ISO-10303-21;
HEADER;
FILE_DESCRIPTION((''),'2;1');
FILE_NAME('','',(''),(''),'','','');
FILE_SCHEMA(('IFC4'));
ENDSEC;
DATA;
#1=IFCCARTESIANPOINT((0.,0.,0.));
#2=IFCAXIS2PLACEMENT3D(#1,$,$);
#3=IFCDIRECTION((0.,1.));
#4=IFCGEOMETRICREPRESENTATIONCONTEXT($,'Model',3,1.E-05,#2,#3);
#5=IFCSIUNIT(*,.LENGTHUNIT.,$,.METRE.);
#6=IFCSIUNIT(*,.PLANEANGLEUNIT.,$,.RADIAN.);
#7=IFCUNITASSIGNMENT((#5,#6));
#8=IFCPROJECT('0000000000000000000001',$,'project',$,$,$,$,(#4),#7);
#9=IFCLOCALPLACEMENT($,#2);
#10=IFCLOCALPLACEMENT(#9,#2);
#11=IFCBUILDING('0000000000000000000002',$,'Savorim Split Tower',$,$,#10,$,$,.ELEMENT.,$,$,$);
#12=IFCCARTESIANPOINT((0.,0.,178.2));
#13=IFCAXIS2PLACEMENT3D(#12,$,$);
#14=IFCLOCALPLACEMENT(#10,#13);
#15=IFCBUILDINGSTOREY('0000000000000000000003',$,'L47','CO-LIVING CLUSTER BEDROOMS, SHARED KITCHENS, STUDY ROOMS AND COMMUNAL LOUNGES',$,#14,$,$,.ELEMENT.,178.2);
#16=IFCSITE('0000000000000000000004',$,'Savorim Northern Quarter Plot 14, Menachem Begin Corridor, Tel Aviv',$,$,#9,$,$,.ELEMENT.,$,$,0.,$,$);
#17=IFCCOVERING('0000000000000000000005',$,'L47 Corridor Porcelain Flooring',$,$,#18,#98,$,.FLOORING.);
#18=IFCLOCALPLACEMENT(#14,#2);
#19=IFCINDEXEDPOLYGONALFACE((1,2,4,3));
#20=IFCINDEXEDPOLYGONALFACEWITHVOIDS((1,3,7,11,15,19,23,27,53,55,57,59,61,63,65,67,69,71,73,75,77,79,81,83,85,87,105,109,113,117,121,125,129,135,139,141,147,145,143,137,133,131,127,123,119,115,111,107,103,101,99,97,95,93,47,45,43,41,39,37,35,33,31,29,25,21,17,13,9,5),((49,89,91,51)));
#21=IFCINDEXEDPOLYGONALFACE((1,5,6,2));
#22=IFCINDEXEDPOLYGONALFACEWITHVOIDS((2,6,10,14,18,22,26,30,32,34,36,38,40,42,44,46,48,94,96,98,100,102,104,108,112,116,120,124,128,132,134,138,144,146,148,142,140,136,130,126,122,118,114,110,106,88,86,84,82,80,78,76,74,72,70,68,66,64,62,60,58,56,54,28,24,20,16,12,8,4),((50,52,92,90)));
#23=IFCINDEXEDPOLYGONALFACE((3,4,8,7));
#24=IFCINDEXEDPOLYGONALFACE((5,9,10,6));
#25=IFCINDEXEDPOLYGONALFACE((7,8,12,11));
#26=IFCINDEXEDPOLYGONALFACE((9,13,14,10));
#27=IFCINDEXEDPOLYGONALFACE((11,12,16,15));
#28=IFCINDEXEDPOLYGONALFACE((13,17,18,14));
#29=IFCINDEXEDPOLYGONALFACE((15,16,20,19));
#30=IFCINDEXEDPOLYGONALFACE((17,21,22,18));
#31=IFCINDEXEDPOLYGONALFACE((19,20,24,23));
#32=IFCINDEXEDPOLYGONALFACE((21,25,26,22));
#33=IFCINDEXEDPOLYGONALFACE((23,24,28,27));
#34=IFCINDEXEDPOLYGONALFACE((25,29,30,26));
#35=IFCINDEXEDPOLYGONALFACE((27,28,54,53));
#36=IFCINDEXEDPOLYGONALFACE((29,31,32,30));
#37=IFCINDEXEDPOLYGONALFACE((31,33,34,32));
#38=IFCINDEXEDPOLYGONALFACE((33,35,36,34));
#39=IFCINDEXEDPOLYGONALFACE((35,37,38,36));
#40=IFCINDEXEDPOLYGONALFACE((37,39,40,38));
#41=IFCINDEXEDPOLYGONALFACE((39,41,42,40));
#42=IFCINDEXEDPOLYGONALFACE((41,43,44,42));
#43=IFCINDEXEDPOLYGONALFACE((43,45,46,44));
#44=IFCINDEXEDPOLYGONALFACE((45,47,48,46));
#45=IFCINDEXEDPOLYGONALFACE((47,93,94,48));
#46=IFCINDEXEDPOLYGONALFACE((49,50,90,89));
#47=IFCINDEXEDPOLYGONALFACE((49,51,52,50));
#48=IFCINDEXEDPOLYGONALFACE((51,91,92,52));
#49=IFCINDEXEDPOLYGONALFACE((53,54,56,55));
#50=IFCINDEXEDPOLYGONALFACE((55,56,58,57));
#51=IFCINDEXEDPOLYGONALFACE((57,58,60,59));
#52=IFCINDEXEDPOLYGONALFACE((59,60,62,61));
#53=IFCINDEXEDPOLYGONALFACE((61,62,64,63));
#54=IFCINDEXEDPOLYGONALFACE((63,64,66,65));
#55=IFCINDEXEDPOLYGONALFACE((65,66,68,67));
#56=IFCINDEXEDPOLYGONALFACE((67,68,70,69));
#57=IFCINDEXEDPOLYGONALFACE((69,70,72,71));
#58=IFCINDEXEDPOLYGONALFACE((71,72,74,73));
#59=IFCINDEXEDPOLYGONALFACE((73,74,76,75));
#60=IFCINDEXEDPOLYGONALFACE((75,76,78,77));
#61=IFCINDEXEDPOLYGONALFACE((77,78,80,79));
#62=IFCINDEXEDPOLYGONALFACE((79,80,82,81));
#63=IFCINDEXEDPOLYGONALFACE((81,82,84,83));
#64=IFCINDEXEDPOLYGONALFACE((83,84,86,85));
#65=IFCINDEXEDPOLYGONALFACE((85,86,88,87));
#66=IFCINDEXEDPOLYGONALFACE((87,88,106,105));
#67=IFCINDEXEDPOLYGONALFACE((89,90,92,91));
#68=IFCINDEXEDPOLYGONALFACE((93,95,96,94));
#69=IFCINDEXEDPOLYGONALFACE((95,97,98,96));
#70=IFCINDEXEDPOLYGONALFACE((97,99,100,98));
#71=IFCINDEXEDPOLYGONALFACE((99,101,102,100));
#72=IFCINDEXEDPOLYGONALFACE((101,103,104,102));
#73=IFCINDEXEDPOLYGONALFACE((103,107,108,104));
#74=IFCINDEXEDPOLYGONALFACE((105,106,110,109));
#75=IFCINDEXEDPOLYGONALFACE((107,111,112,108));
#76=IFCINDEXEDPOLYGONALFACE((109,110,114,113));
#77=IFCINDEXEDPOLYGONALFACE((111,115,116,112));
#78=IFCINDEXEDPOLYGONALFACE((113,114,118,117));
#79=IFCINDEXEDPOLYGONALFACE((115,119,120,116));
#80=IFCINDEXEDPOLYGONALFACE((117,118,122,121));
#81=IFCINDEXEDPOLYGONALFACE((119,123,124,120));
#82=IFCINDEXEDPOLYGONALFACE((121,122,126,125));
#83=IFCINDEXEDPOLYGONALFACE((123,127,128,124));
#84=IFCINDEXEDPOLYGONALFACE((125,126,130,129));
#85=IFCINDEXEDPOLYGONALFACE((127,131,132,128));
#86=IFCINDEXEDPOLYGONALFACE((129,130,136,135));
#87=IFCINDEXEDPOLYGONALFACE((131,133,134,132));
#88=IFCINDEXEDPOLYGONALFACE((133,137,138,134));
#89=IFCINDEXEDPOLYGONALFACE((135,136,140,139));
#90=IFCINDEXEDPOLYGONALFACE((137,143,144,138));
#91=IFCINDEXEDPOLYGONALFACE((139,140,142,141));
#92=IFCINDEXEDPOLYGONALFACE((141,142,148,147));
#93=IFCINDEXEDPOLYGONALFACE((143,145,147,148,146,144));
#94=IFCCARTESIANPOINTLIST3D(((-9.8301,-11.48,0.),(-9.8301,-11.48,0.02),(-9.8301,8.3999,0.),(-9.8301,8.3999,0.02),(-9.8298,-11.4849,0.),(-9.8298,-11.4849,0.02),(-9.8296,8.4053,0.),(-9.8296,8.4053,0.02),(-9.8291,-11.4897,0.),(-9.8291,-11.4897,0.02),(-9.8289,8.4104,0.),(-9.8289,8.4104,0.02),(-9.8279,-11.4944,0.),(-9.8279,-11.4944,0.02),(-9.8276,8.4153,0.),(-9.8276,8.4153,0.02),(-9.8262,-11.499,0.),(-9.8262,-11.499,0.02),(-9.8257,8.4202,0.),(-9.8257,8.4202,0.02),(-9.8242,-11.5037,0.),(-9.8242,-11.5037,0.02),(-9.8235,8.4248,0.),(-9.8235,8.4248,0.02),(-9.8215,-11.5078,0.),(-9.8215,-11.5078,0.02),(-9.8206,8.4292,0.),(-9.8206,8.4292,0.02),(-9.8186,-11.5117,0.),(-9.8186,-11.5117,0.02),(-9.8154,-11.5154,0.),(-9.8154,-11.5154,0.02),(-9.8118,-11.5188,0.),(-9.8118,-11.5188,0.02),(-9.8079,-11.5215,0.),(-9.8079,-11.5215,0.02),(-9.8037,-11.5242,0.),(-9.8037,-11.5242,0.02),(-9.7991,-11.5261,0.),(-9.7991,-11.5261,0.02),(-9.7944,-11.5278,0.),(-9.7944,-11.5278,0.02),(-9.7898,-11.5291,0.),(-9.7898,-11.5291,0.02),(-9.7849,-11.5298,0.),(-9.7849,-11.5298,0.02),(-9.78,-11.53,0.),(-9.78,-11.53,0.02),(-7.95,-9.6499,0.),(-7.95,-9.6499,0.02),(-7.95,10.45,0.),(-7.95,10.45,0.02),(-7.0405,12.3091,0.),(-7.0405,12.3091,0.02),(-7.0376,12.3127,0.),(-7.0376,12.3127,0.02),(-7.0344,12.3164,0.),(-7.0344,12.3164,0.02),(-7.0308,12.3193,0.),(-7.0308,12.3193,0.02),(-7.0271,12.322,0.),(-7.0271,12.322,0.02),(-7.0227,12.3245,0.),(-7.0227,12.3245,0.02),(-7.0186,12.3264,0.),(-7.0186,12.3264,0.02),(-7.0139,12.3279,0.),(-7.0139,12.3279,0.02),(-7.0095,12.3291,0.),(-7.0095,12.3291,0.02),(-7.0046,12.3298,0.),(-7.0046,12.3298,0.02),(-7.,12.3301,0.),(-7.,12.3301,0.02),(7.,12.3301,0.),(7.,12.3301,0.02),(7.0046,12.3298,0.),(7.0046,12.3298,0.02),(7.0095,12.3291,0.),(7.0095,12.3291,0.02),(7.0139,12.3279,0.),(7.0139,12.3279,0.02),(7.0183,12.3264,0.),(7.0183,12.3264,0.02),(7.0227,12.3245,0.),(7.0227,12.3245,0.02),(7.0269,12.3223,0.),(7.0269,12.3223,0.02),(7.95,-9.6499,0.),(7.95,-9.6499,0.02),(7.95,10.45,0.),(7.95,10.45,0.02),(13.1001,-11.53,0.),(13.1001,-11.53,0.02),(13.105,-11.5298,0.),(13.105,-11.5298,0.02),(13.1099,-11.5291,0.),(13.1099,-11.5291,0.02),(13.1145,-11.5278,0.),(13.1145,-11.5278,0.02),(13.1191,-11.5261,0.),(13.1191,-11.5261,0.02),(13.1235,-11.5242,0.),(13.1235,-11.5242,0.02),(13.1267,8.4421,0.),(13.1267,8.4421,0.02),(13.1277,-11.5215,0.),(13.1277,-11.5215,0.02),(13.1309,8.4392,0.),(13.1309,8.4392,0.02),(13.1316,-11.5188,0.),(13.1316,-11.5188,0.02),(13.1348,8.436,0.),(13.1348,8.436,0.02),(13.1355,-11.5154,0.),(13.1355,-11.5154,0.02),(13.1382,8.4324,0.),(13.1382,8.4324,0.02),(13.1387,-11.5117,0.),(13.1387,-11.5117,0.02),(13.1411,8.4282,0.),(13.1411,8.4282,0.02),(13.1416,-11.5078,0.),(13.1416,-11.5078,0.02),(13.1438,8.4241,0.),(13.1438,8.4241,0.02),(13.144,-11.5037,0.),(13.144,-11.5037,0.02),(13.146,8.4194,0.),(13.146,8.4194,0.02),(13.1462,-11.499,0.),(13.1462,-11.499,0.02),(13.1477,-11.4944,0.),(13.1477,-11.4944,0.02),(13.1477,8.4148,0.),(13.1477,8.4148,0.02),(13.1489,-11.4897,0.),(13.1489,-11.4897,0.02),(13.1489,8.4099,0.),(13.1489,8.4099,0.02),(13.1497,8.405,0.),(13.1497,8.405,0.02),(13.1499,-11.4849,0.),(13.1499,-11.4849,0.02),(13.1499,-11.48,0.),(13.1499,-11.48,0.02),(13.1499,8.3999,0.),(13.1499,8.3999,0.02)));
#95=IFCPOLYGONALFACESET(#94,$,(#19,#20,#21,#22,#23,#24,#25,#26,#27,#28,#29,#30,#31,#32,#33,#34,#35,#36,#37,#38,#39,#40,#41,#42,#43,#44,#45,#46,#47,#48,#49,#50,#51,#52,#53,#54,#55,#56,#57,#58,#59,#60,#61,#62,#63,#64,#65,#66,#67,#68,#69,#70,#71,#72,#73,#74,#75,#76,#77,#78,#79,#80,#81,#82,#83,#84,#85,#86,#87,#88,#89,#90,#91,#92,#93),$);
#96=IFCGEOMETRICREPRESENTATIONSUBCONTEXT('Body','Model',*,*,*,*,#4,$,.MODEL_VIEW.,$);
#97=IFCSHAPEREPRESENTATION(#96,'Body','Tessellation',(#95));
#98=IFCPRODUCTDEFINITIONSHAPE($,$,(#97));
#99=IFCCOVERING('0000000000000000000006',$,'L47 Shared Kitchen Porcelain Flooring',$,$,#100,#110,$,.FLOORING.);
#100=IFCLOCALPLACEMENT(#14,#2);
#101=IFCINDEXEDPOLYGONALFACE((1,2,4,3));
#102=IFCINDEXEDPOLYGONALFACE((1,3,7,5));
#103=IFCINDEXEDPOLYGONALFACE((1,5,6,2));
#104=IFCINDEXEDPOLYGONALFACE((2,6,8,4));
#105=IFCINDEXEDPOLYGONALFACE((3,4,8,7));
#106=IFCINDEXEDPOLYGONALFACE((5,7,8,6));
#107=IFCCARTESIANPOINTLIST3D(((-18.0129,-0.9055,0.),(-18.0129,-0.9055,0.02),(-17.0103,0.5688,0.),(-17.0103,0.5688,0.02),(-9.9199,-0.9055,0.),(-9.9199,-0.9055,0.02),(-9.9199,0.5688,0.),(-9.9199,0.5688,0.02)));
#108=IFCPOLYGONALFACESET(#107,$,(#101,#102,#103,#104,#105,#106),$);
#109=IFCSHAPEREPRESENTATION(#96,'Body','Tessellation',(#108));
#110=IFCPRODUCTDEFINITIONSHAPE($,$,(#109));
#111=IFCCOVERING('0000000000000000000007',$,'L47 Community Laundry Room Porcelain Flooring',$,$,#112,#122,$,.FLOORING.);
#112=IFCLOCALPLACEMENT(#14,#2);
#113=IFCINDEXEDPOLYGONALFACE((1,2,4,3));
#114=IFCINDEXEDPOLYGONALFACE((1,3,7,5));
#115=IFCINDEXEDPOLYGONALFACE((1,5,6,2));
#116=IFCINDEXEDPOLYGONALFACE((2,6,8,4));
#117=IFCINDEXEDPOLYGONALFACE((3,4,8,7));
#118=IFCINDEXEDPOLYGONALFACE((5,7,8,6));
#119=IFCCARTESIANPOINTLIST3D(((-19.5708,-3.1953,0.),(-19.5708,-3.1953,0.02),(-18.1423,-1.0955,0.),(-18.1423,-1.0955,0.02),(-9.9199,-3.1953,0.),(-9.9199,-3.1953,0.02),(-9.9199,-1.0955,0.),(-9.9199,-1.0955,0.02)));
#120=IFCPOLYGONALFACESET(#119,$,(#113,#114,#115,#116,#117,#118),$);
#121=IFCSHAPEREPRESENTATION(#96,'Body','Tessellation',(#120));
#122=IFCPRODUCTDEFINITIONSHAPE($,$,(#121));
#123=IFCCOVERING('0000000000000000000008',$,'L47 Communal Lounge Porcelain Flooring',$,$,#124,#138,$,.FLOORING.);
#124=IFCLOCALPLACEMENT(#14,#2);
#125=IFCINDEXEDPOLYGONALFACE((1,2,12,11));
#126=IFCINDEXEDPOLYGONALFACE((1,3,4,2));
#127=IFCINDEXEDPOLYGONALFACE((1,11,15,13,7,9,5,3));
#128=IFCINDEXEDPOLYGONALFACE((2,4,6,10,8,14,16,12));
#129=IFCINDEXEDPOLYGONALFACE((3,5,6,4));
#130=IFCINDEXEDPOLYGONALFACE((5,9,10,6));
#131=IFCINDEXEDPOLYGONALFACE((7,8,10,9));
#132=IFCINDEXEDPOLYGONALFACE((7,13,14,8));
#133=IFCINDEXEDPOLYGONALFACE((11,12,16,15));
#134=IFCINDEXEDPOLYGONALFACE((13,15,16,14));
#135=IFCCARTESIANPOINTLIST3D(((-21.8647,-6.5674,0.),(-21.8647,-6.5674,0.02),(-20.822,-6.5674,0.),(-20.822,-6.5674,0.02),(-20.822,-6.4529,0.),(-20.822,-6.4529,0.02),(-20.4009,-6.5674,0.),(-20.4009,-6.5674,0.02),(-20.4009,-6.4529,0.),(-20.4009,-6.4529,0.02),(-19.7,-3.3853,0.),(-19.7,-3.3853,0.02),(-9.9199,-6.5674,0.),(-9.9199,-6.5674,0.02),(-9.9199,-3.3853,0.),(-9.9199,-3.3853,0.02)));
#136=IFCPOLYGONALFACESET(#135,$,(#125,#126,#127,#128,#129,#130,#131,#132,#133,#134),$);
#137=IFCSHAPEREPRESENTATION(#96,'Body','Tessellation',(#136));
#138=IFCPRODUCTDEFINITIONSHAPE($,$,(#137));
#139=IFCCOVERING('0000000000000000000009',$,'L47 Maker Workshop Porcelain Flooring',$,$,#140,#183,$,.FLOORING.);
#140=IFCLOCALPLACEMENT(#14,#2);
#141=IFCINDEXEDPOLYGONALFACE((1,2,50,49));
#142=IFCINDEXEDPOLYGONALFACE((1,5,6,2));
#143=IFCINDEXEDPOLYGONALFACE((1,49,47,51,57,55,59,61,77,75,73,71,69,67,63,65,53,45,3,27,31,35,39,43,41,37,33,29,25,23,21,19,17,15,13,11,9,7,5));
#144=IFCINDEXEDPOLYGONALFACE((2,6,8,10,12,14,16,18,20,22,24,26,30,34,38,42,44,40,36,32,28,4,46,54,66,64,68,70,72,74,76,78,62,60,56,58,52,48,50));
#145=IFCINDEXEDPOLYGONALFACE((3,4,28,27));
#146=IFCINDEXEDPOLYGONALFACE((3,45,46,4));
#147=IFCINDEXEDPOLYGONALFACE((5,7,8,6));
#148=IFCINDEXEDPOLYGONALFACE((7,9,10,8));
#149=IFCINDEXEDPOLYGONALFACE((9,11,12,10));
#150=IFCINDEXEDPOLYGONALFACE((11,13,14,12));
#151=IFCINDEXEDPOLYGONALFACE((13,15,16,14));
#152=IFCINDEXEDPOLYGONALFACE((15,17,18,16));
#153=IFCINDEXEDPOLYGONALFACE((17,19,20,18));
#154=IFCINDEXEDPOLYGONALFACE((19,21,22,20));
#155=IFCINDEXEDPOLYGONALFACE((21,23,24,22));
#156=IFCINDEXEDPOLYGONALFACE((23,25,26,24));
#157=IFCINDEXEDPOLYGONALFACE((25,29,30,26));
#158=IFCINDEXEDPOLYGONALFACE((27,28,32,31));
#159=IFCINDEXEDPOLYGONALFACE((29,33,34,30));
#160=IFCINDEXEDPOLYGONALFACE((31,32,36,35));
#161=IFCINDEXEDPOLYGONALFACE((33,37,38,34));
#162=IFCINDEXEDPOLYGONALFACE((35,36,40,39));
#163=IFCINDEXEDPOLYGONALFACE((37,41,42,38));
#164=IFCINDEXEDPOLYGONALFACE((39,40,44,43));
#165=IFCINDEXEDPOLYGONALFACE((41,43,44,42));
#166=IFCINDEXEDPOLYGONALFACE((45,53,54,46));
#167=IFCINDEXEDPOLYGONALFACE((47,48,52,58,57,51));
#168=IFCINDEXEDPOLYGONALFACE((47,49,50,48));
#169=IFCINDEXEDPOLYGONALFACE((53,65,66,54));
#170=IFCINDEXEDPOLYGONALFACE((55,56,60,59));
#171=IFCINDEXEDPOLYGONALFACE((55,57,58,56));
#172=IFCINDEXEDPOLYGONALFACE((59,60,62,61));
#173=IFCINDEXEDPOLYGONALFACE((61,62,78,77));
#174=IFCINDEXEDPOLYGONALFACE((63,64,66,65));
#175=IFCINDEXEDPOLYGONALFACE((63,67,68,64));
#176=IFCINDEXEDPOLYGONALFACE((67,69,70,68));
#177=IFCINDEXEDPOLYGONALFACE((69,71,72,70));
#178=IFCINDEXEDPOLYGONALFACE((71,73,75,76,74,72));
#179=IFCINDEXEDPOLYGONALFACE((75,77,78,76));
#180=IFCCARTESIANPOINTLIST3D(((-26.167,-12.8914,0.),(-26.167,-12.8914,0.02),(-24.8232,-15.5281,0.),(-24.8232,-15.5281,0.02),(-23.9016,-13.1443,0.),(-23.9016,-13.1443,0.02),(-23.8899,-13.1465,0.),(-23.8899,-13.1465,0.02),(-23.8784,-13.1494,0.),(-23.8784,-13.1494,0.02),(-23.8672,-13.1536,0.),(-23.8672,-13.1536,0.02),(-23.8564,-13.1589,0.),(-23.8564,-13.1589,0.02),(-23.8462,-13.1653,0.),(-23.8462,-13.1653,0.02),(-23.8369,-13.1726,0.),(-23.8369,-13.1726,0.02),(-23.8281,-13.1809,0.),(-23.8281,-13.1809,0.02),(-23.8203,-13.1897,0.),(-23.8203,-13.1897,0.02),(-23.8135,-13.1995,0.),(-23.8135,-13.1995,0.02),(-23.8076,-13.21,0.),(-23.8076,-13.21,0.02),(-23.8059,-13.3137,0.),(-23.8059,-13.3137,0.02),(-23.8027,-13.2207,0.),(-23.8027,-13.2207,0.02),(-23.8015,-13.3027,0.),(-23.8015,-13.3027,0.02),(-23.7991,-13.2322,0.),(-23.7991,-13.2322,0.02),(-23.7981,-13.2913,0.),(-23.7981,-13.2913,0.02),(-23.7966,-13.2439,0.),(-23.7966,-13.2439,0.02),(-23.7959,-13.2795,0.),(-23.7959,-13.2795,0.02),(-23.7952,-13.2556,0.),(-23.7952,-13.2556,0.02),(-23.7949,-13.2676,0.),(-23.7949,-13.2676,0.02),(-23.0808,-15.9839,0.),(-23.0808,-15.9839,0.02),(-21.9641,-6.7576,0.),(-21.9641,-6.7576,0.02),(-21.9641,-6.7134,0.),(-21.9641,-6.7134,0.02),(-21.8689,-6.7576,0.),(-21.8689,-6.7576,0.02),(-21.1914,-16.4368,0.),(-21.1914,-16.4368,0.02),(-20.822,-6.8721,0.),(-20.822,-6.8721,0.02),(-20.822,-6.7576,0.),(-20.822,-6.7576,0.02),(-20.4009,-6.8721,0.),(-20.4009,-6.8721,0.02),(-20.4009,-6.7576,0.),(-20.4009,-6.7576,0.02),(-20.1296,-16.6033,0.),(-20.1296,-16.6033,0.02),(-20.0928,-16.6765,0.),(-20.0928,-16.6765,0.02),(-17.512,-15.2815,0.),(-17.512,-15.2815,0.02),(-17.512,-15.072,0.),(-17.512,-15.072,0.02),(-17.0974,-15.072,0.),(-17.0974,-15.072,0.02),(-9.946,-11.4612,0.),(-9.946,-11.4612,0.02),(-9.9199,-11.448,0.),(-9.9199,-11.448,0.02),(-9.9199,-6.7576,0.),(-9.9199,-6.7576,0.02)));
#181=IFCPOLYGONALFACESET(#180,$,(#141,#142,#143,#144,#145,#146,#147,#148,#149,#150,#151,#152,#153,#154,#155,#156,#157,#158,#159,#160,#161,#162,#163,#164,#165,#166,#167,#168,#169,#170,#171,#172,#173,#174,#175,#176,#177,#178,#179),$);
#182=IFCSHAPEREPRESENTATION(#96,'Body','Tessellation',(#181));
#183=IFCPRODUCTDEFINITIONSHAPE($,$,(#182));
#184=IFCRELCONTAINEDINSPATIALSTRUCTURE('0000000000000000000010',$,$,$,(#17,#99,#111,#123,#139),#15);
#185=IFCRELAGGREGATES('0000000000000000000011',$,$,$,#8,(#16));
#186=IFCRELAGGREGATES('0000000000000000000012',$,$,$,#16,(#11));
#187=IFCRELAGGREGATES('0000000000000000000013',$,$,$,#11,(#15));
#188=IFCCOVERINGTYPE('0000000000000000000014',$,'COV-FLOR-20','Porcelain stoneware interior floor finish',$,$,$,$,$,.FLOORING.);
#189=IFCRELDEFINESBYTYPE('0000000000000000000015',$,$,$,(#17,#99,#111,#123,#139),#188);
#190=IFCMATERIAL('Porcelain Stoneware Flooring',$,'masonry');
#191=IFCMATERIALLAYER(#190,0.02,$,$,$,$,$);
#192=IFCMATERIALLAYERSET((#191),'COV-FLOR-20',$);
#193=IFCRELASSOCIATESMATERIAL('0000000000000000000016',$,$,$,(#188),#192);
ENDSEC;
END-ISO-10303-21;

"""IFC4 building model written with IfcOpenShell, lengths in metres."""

from ifc_helpers import new_model, si_unit, direction, frame, origin, place, context, subcontext, project, spatial, polyline, outline, extrude, material, layer, layer_set, type_object, element, save


model = new_model("IFC4")

# Units and contexts
model_context = context("Model", 3, precision=1e-05, world=origin(), true_north=direction((0.0, 1.0)))
body_context = subcontext(model_context, "Body", "Model", "MODEL_VIEW")
ifc_project = project(units=[si_unit("LENGTHUNIT", "METRE"), si_unit("PLANEANGLEUNIT", "RADIAN")], contexts=[model_context])

# Site, building, storey
site_placement = place(None, origin())
site = spatial("IfcSite", under=ifc_project, at=site_placement, Name="Savorim Northern Quarter Plot 14, Menachem Begin Corridor, Tel Aviv", CompositionType="ELEMENT", RefElevation=0.0)
building_placement = place(site_placement, origin())
building = spatial("IfcBuilding", under=site, at=building_placement, Name="Savorim Split Tower", CompositionType="ELEMENT")
storey_placement = place(building_placement, frame((0.0, 0.0, 178.2)))
storey = spatial("IfcBuildingStorey", under=building, at=storey_placement, Name="L47", Description="CO-LIVING CLUSTER BEDROOMS, SHARED KITCHENS, STUDY ROOMS AND COMMUNAL LOUNGES", CompositionType="ELEMENT", Elevation=178.2)

# Coverings
ifc_material_1 = material(Name="Porcelain Stoneware Flooring", Category="masonry")
ifc_layer_1 = layer(ifc_material_1, 0.02)
ifc_layer_set_1 = layer_set([ifc_layer_1], Name="COV-FLOR-20")
covering_type_1 = type_object("IfcCoveringType", Name="COV-FLOR-20", Description="Porcelain stoneware interior floor finish", PredefinedType="FLOORING", material=ifc_layer_set_1)
covering_1_placement = place(storey_placement, origin())
element("IfcCovering", 1, at=covering_1_placement, inside=storey, type_object=covering_type_1, Name="L47 Corridor Porcelain Flooring", PredefinedType="FLOORING", context=body_context, shape_type="SweptSolid", body=[
    extrude(outline(polyline([(7.0095, 12.3291), (7.0046, 12.3298), (7.0, 12.3301), (-7.0, 12.3301), (-7.0046, 12.3298), (-7.0095, 12.3291), (-7.0139, 12.3279), (-7.0186, 12.3264), (-7.0227, 12.3245), (-7.0271, 12.322), (-7.0308, 12.3193), (-7.0344, 12.3164), (-7.0376, 12.3127), (-7.0405, 12.3091), (-9.8206, 8.4292), (-9.8235, 8.4248), (-9.8257, 8.4202), (-9.8276, 8.4153), (-9.8289, 8.4104), (-9.8296, 8.4053), (-9.8301, 8.3999), (-9.8301, -11.48), (-9.8298, -11.4849), (-9.8291, -11.4897), (-9.8279, -11.4944), (-9.8262, -11.499), (-9.8242, -11.5037), (-9.8215, -11.5078), (-9.8186, -11.5117), (-9.8154, -11.5154), (-9.8118, -11.5188), (-9.8079, -11.5215), (-9.8037, -11.5242), (-9.7991, -11.5261), (-9.7944, -11.5278), (-9.7898, -11.5291), (-9.7849, -11.5298), (-9.78, -11.53), (13.1001, -11.53), (13.105, -11.5298), (13.1099, -11.5291), (13.1145, -11.5278), (13.1191, -11.5261), (13.1235, -11.5242), (13.1277, -11.5215), (13.1316, -11.5188), (13.1355, -11.5154), (13.1387, -11.5117), (13.1416, -11.5078), (13.144, -11.5037), (13.1462, -11.499), (13.1477, -11.4944), (13.1489, -11.4897), (13.1499, -11.4849), (13.1499, -11.48), (13.1499, 8.3999), (13.1497, 8.405), (13.1489, 8.4099), (13.1477, 8.4148), (13.146, 8.4194), (13.1438, 8.4241), (13.1411, 8.4282), (13.1382, 8.4324), (13.1348, 8.436), (13.1309, 8.4392), (13.1267, 8.4421), (7.0269, 12.3223), (7.0227, 12.3245), (7.0183, 12.3264), (7.0139, 12.3279), (7.0095, 12.3291)]), holes=[polyline([(-7.95, 10.45), (-7.95, -9.6499), (7.95, -9.6499), (7.95, 10.45), (-7.95, 10.45)])]), origin(), (0.0, 0.0, 1.0), 0.02),
])
covering_2_placement = place(storey_placement, origin())
element("IfcCovering", 2, at=covering_2_placement, inside=storey, type_object=covering_type_1, Name="L47 Shared Kitchen Porcelain Flooring", PredefinedType="FLOORING", context=body_context, shape_type="SweptSolid", body=[
    extrude(outline(polyline([(-17.0103, 0.5688), (-18.0129, -0.9055), (-9.9199, -0.9055), (-9.9199, 0.5688), (-17.0103, 0.5688)])), origin(), (0.0, 0.0, 1.0), 0.02),
])
covering_3_placement = place(storey_placement, origin())
element("IfcCovering", 3, at=covering_3_placement, inside=storey, type_object=covering_type_1, Name="L47 Community Laundry Room Porcelain Flooring", PredefinedType="FLOORING", context=body_context, shape_type="SweptSolid", body=[
    extrude(outline(polyline([(-18.1423, -1.0955), (-19.5708, -3.1953), (-9.9199, -3.1953), (-9.9199, -1.0955), (-18.1423, -1.0955)])), origin(), (0.0, 0.0, 1.0), 0.02),
])
covering_4_placement = place(storey_placement, origin())
element("IfcCovering", 4, at=covering_4_placement, inside=storey, type_object=covering_type_1, Name="L47 Communal Lounge Porcelain Flooring", PredefinedType="FLOORING", context=body_context, shape_type="SweptSolid", body=[
    extrude(outline(polyline([(-20.4009, -6.4529), (-20.4009, -6.5674), (-9.9199, -6.5674), (-9.9199, -3.3853), (-19.7, -3.3853), (-21.8647, -6.5674), (-20.822, -6.5674), (-20.822, -6.4529), (-20.4009, -6.4529)])), origin(), (0.0, 0.0, 1.0), 0.02),
])
covering_5_placement = place(storey_placement, origin())
element("IfcCovering", 5, at=covering_5_placement, inside=storey, type_object=covering_type_1, Name="L47 Maker Workshop Porcelain Flooring", PredefinedType="FLOORING", context=body_context, shape_type="SweptSolid", body=[
    extrude(outline(polyline([(-23.7952, -13.2556), (-23.7949, -13.2676), (-23.7959, -13.2795), (-23.7981, -13.2913), (-23.8015, -13.3027), (-23.8059, -13.3137), (-24.8232, -15.5281), (-23.0808, -15.9839), (-21.1914, -16.4368), (-20.0928, -16.6765), (-20.1296, -16.6033), (-17.512, -15.2815), (-17.512, -15.072), (-17.0974, -15.072), (-9.946, -11.4612), (-9.9199, -11.448), (-9.9199, -6.7576), (-20.4009, -6.7576), (-20.4009, -6.8721), (-20.822, -6.8721), (-20.822, -6.7576), (-21.8689, -6.7576), (-21.9641, -6.7576), (-21.9641, -6.7134), (-26.167, -12.8914), (-23.9016, -13.1443), (-23.8899, -13.1465), (-23.8784, -13.1494), (-23.8672, -13.1536), (-23.8564, -13.1589), (-23.8462, -13.1653), (-23.8369, -13.1726), (-23.8281, -13.1809), (-23.8203, -13.1897), (-23.8135, -13.1995), (-23.8076, -13.21), (-23.8027, -13.2207), (-23.7991, -13.2322), (-23.7966, -13.2439), (-23.7952, -13.2556)])), origin(), (0.0, 0.0, 1.0), 0.02),
])

save(model, "model.ifc")
